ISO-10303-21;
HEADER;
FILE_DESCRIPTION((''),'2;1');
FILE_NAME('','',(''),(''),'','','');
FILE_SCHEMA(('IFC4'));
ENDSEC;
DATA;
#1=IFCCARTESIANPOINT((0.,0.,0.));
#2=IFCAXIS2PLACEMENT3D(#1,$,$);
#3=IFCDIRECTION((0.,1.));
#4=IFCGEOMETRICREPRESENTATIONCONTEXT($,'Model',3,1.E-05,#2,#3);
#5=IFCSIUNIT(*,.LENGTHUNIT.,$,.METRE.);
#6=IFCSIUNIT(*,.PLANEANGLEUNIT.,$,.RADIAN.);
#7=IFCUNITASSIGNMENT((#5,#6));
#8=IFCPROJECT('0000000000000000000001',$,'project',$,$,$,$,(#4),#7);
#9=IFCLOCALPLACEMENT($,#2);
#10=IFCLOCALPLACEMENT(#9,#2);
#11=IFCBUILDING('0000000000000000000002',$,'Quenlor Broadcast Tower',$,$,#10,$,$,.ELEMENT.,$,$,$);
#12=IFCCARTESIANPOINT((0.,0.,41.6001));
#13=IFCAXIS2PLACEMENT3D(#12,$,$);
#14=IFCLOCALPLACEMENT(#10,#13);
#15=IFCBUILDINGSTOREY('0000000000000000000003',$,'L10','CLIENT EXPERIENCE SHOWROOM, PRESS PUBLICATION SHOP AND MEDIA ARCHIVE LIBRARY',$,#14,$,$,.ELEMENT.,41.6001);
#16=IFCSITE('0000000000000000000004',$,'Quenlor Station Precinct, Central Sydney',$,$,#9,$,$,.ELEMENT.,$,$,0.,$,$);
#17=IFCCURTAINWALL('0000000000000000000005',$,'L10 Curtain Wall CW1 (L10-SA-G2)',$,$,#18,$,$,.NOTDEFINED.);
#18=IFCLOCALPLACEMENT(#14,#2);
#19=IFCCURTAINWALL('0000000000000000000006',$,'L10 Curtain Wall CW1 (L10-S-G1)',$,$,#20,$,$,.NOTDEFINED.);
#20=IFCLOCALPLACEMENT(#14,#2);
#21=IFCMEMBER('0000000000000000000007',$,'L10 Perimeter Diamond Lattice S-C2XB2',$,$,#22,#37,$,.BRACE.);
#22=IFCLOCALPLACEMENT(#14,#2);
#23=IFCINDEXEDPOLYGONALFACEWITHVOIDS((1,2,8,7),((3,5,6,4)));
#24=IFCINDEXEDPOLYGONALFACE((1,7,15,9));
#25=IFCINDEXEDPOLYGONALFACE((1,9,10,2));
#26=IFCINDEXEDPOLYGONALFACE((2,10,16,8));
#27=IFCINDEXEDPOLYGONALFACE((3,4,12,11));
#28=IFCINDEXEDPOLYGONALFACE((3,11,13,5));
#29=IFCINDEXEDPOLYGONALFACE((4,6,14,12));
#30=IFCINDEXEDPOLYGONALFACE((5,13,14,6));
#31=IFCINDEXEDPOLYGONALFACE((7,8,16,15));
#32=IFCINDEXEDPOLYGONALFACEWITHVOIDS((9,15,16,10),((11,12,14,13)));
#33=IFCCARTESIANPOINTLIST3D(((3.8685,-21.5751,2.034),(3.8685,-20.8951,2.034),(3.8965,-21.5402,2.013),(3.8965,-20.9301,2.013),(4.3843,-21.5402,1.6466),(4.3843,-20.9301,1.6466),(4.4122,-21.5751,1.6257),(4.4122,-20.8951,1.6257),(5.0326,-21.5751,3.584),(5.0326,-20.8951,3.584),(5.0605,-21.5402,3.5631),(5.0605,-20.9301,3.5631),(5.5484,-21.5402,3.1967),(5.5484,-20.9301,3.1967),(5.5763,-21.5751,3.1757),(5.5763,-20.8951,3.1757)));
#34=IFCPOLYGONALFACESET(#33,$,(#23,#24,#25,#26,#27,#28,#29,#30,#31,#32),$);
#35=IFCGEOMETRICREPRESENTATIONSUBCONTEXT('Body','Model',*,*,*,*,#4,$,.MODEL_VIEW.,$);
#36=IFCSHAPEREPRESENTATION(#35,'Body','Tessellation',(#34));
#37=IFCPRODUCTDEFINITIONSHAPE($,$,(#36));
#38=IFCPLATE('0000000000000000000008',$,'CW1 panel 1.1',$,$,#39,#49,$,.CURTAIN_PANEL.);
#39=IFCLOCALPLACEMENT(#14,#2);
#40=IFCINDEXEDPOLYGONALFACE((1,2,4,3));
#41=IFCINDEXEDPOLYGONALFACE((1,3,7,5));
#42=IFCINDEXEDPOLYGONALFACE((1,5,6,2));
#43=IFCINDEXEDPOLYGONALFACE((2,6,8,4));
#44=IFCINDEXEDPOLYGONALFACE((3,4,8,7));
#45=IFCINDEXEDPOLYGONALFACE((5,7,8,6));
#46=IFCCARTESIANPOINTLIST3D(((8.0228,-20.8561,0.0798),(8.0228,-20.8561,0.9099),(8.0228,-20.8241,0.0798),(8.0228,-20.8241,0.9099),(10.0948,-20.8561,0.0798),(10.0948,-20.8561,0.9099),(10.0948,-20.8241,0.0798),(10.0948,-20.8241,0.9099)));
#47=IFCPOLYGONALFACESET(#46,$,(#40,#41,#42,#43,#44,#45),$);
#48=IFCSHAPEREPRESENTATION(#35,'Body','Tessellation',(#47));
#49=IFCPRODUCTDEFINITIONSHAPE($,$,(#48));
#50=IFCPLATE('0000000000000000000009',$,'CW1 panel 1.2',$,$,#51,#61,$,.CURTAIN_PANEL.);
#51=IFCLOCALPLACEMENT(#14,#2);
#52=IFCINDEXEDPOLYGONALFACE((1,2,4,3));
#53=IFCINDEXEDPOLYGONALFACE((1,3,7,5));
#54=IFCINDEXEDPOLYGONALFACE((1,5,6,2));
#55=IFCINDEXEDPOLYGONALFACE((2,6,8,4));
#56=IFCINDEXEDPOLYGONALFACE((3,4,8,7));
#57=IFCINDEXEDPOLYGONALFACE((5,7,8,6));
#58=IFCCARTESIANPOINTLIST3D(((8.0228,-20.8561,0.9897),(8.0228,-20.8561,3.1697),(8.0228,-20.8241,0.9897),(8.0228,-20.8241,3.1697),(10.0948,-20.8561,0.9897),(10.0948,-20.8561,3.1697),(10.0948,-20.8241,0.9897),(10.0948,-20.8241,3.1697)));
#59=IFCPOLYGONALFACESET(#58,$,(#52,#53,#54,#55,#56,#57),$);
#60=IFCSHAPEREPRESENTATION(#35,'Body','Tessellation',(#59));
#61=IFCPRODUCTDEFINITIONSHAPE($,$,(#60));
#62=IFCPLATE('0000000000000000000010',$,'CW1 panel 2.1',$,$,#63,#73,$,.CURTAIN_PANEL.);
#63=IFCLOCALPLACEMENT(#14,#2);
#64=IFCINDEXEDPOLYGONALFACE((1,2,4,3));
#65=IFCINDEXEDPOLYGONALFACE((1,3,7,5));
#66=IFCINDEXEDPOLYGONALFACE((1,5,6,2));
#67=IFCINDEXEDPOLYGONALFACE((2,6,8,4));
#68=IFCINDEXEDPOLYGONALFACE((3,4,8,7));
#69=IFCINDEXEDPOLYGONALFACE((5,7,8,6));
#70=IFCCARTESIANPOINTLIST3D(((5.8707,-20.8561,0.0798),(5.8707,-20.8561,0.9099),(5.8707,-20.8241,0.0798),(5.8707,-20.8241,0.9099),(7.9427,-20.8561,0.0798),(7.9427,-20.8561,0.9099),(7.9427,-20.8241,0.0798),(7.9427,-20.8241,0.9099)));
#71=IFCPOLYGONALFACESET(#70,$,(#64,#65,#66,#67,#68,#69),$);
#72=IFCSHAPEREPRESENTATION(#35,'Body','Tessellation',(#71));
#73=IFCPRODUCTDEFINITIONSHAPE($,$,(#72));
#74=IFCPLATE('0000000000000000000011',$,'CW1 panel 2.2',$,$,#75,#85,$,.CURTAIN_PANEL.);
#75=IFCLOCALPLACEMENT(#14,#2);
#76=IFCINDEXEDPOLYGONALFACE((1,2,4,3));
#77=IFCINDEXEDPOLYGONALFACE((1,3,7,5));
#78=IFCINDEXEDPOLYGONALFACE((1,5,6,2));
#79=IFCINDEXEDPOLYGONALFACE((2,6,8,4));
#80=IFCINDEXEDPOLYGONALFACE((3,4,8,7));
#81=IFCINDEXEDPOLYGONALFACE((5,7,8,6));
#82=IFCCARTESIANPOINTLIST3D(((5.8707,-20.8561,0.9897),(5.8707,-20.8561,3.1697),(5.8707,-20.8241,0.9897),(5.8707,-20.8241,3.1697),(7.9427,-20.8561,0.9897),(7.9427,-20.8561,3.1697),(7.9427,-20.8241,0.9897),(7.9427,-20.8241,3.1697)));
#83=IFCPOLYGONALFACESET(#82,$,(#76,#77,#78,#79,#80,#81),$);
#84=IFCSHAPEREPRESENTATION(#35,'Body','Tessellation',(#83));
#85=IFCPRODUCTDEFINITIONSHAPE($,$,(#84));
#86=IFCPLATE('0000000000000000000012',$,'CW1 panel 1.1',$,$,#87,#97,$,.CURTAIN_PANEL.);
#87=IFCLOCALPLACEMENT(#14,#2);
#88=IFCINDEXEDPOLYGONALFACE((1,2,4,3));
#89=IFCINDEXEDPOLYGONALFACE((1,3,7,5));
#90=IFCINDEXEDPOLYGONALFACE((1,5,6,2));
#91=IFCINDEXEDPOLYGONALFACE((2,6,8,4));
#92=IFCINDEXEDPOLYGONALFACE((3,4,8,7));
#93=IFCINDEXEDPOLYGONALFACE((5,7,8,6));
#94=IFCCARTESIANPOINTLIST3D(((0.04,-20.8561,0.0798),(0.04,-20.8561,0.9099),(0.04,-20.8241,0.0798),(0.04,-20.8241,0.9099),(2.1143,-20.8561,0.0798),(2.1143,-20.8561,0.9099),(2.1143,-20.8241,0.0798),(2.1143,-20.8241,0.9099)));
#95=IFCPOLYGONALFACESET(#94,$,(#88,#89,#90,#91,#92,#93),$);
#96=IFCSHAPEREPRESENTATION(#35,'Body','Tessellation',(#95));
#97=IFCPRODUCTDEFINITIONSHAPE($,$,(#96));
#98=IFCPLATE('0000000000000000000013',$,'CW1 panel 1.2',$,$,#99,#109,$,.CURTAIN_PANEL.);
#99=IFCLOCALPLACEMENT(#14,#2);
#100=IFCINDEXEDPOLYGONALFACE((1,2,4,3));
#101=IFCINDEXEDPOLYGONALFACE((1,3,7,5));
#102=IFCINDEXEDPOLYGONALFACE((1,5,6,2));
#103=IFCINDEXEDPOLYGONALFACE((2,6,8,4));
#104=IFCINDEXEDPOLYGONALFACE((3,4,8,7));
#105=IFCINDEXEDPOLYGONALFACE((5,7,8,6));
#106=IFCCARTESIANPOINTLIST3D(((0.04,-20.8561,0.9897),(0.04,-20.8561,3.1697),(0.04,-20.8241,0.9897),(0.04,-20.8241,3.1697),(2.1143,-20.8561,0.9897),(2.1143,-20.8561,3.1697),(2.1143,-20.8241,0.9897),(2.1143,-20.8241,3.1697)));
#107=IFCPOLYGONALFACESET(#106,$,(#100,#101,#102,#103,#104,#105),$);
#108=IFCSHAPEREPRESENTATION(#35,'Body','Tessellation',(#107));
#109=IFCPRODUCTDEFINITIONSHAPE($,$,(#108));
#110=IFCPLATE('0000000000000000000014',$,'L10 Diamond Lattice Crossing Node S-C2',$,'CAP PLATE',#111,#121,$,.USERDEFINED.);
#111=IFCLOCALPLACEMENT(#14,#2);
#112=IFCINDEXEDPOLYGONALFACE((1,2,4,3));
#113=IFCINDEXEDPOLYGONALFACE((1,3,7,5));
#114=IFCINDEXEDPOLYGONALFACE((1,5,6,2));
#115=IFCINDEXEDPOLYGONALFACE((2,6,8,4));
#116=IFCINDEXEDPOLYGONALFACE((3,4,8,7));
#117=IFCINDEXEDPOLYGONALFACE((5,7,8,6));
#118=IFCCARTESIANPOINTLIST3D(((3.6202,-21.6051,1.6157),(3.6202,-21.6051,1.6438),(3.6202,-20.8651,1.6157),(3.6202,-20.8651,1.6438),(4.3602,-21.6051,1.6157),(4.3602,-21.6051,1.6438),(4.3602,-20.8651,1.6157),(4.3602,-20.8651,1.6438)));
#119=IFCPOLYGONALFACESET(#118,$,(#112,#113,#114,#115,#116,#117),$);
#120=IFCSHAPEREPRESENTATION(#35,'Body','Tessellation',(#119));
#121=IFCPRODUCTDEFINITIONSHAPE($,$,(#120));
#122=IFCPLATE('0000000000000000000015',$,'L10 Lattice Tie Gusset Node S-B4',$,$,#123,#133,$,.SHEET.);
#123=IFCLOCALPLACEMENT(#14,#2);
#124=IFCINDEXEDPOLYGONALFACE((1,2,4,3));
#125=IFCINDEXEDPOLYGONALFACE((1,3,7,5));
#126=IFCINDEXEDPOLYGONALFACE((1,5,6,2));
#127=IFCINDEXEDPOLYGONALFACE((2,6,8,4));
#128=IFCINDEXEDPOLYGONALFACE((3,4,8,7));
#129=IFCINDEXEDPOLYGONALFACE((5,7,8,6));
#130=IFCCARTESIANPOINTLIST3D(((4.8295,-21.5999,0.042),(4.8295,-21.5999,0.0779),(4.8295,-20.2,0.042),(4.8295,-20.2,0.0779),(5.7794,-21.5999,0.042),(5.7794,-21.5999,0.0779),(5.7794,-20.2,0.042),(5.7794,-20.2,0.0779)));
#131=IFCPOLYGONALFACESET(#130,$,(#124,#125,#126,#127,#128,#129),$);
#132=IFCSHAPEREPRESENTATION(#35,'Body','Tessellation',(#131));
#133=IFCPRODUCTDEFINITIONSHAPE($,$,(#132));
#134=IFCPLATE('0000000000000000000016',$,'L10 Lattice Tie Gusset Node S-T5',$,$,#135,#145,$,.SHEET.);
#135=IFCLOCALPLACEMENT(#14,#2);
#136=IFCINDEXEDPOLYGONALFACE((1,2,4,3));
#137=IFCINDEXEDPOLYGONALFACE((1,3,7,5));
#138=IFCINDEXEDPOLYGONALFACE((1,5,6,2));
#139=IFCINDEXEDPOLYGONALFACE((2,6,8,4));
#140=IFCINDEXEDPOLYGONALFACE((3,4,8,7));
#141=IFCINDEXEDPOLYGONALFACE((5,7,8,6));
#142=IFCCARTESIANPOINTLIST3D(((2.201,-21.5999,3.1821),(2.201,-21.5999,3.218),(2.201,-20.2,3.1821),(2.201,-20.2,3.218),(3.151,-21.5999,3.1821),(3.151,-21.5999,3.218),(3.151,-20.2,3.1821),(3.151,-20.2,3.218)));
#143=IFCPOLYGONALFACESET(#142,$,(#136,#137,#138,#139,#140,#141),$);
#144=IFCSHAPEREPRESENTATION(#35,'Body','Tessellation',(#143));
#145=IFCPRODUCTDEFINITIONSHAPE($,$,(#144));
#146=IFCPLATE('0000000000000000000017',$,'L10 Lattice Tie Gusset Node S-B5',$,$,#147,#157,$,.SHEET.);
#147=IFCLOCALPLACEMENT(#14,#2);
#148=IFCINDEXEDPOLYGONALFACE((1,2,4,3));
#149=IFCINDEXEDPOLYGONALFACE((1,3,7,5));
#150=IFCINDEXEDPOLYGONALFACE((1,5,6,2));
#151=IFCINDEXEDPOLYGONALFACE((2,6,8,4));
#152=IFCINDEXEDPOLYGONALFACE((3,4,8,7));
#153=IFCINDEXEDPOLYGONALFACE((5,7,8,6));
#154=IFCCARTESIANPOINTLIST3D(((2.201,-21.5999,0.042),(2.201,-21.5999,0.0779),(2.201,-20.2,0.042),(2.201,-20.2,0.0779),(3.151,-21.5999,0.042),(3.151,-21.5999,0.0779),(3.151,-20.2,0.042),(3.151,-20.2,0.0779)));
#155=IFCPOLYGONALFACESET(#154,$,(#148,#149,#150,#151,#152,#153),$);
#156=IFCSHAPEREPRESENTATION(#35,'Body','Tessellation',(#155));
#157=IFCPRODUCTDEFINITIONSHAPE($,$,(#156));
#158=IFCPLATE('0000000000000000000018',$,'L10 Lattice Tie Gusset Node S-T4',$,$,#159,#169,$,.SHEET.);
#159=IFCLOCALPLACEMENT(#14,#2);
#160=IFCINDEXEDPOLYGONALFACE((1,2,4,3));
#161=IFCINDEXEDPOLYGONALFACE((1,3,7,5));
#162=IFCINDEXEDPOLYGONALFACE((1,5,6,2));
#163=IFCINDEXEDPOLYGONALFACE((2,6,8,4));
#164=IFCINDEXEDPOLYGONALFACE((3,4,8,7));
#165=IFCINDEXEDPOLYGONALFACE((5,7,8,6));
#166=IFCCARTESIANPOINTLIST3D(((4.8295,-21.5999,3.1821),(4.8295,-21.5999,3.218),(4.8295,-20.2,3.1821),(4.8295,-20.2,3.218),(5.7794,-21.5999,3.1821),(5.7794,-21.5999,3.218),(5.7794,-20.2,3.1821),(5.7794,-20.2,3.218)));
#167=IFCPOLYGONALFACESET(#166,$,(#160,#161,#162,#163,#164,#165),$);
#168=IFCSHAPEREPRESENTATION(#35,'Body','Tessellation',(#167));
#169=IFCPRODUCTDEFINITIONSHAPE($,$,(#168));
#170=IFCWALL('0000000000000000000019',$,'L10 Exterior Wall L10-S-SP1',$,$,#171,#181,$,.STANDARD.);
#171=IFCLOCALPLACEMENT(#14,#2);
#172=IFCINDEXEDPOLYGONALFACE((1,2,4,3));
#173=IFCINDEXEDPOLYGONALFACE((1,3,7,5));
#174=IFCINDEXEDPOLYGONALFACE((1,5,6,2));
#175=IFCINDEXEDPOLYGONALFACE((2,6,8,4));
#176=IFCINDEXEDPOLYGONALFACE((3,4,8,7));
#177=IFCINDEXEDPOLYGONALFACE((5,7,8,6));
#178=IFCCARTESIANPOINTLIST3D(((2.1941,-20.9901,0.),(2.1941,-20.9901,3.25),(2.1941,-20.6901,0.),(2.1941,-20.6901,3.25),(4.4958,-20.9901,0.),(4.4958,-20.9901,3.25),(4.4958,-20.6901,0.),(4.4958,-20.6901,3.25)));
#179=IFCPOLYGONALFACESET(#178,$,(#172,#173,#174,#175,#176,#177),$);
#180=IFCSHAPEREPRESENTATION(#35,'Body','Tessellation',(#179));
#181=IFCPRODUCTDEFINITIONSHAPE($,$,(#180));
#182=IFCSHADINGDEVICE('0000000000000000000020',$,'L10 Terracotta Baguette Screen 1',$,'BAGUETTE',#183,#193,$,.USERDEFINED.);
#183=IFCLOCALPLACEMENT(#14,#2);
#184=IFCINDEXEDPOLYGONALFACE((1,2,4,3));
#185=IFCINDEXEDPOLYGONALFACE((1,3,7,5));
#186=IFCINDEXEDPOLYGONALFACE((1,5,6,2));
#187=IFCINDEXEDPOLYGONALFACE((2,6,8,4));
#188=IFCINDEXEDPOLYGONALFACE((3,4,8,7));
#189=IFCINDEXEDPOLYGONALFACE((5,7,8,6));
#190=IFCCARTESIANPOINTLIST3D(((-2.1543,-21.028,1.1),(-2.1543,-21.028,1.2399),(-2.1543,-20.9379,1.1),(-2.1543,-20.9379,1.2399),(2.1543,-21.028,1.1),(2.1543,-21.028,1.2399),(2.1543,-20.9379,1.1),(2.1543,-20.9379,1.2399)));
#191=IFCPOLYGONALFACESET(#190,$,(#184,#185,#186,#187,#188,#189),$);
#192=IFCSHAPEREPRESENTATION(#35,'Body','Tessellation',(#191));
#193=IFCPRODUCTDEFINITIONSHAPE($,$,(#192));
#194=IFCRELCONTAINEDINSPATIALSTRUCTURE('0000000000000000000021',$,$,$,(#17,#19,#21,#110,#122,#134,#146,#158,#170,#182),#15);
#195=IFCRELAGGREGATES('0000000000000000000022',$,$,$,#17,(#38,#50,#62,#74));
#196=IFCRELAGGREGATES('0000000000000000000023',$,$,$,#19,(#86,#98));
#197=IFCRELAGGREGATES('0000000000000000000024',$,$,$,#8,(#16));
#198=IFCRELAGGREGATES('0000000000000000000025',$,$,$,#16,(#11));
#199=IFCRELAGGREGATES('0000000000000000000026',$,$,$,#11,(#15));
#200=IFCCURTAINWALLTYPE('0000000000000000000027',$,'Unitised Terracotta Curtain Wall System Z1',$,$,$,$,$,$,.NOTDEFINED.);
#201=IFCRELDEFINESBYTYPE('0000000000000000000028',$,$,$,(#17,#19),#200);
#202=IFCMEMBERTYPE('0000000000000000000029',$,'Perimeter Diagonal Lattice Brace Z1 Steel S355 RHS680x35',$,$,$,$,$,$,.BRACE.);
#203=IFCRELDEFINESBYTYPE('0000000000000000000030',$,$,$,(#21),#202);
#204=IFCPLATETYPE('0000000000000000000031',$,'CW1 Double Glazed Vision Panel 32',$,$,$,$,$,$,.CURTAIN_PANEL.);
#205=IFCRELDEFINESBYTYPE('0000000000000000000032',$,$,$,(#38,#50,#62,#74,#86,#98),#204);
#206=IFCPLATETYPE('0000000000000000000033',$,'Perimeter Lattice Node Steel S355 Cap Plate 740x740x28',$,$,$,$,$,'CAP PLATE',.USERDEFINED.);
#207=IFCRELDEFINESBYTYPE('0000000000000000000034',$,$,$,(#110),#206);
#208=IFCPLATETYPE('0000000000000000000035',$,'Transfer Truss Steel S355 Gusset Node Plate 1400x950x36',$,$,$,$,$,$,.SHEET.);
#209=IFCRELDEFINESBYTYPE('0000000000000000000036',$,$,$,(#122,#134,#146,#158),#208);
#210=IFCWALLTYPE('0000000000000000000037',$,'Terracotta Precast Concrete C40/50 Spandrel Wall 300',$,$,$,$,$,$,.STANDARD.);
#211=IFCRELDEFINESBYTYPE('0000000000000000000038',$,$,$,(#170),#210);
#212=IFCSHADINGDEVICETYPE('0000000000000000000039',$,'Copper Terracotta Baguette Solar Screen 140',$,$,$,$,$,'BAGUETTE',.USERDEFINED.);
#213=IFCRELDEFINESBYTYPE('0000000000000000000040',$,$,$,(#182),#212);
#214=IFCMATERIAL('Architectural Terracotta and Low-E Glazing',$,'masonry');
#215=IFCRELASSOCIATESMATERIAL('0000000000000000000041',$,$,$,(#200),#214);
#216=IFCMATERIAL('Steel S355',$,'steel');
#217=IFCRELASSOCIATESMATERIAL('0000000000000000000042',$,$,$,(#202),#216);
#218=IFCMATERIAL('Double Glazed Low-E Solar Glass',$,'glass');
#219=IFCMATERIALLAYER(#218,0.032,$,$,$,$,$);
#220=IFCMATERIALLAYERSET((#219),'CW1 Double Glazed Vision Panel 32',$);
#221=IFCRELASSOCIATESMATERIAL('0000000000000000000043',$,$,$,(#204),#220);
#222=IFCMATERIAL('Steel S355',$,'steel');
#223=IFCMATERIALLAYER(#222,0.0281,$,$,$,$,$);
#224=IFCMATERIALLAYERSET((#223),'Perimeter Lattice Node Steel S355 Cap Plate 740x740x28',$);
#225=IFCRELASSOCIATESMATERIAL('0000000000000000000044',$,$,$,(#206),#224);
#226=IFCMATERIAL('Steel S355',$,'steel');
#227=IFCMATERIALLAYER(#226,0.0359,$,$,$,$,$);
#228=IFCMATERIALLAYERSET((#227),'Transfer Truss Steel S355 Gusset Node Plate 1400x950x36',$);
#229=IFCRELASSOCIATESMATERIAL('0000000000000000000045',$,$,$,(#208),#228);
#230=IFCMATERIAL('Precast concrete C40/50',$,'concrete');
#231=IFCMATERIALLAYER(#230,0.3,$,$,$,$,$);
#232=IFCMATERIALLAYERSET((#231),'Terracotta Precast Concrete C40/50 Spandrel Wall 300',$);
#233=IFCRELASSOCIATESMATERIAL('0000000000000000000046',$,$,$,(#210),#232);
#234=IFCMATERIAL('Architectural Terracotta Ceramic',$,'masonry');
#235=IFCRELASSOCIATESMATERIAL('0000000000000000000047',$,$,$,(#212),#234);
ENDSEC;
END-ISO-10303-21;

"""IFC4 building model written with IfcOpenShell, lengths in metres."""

from ifc_helpers import new_model, si_unit, direction, frame, frame_2d, origin, origin_2d, place, context, subcontext, project, spatial, rectangle, hollow_rectangle, extrude, material, layer, layer_set, material_profile, profile_set, type_object, element, aggregate, save


model = new_model("IFC4")

# Units and contexts
model_context = context("Model", 3, precision=1e-05, world=origin(), true_north=direction((0.0, 1.0)))
body_context = subcontext(model_context, "Body", "Model", "MODEL_VIEW")
ifc_project = project(units=[si_unit("LENGTHUNIT", "METRE"), si_unit("PLANEANGLEUNIT", "RADIAN")], contexts=[model_context])

# Site, building, storey
site_placement = place(None, origin())
site = spatial("IfcSite", under=ifc_project, at=site_placement, Name="Quenlor Station Precinct, Central Sydney", CompositionType="ELEMENT", RefElevation=0.0)
building_placement = place(site_placement, origin())
building = spatial("IfcBuilding", under=site, at=building_placement, Name="Quenlor Broadcast Tower", CompositionType="ELEMENT")
storey_placement = place(building_placement, frame((0.0, 0.0, 41.6001)))
storey = spatial("IfcBuildingStorey", under=building, at=storey_placement, Name="L10", Description="CLIENT EXPERIENCE SHOWROOM, PRESS PUBLICATION SHOP AND MEDIA ARCHIVE LIBRARY", CompositionType="ELEMENT", Elevation=41.6001)

# Curtain wall
ifc_material_1 = material(Name="Architectural Terracotta and Low-E Glazing", Category="masonry")
curtain_wall_type = type_object("IfcCurtainWallType", Name="Unitised Terracotta Curtain Wall System Z1", PredefinedType="NOTDEFINED", material=ifc_material_1)
curtain_wall_1_placement = place(storey_placement, origin())
curtain_wall_1 = element("IfcCurtainWall", 1, at=curtain_wall_1_placement, inside=storey, type_object=curtain_wall_type, Name="L10 Curtain Wall CW1 (L10-SA-G2)", PredefinedType="NOTDEFINED")

# Curtain wall
curtain_wall_2_placement = place(storey_placement, origin())
curtain_wall_2 = element("IfcCurtainWall", 2, at=curtain_wall_2_placement, inside=storey, type_object=curtain_wall_type, Name="L10 Curtain Wall CW1 (L10-S-G1)", PredefinedType="NOTDEFINED")

# Member
ifc_material_2 = material(Name="Steel S355", Category="steel")
ifc_material_profile_1 = material_profile(ifc_material_2, hollow_rectangle(XDim=0.6799, YDim=0.6799, WallThickness=0.0349, at=origin_2d()))
ifc_profile_set_1 = profile_set([ifc_material_profile_1], Name="Steel S355 RHS680x680x35")
member_type_1 = type_object("IfcMemberType", Name="Perimeter Diagonal Lattice Brace Z1 Steel S355 RHS680x35", PredefinedType="BRACE", material=ifc_profile_set_1)
for number, where, z_axis, x_axis, name in (
    (3, (4.1404, -21.2351, 1.8298), (0.600504, 0.0, 0.799622), (0.0, 1.0, 0.0), "L10 Perimeter Diamond Lattice S-C2XB2"),
):
    element("IfcMember", number, at=place(storey_placement, frame(where, z_axis=z_axis, x_axis=x_axis)), inside=storey, type_object=member_type_1, Name=name, PredefinedType="BRACE", context=body_context, shape_type="SweptSolid", body=[
        extrude(hollow_rectangle(XDim=0.6799, YDim=0.6799, WallThickness=0.0349, at=origin_2d()), origin(), (0.0, 0.0, 1.0), 1.9385),
    ])

# Plates
ifc_material_3 = material(Name="Double Glazed Low-E Solar Glass", Category="glass")
ifc_layer_1 = layer(ifc_material_3, 0.032)
ifc_layer_set_1 = layer_set([ifc_layer_1], Name="CW1 Double Glazed Vision Panel 32")
plate_type_1 = type_object("IfcPlateType", Name="CW1 Double Glazed Vision Panel 32", PredefinedType="CURTAIN_PANEL", material=ifc_layer_set_1)
plate_1_placement = place(storey_placement, frame((9.0588, -20.8401, 0.0798), z_axis=(0.0, 0.0, 1.0), x_axis=(-1.0, 0.0, 0.0)))
plate_1 = element("IfcPlate", 4, at=plate_1_placement, type_object=plate_type_1, Name="CW1 panel 1.1", PredefinedType="CURTAIN_PANEL", context=body_context, shape_type="SweptSolid", body=[
    extrude(rectangle(XDim=2.072, YDim=0.032, at=origin_2d()), origin(), (0.0, 0.0, 1.0), 0.8301),
])
plate_2_placement = place(storey_placement, frame((9.0588, -20.8401, 0.9897), z_axis=(0.0, 0.0, 1.0), x_axis=(-1.0, 0.0, 0.0)))
plate_2 = element("IfcPlate", 5, at=plate_2_placement, type_object=plate_type_1, Name="CW1 panel 1.2", PredefinedType="CURTAIN_PANEL", context=body_context, shape_type="SweptSolid", body=[
    extrude(rectangle(XDim=2.072, YDim=0.032, at=origin_2d()), origin(), (0.0, 0.0, 1.0), 2.1799),
])
plate_3_placement = place(storey_placement, frame((6.9067, -20.8401, 0.0798), z_axis=(0.0, 0.0, 1.0), x_axis=(-1.0, 0.0, 0.0)))
plate_3 = element("IfcPlate", 6, at=plate_3_placement, type_object=plate_type_1, Name="CW1 panel 2.1", PredefinedType="CURTAIN_PANEL", context=body_context, shape_type="SweptSolid", body=[
    extrude(rectangle(XDim=2.072, YDim=0.032, at=origin_2d()), origin(), (0.0, 0.0, 1.0), 0.8301),
])
plate_4_placement = place(storey_placement, frame((6.9067, -20.8401, 0.9897), z_axis=(0.0, 0.0, 1.0), x_axis=(-1.0, 0.0, 0.0)))
plate_4 = element("IfcPlate", 7, at=plate_4_placement, type_object=plate_type_1, Name="CW1 panel 2.2", PredefinedType="CURTAIN_PANEL", context=body_context, shape_type="SweptSolid", body=[
    extrude(rectangle(XDim=2.072, YDim=0.032, at=origin_2d()), origin(), (0.0, 0.0, 1.0), 2.1799),
])
aggregate(curtain_wall_1, [plate_1, plate_2, plate_3, plate_4])
plate_5_placement = place(storey_placement, frame((1.0771, -20.8401, 0.0798), z_axis=(0.0, 0.0, 1.0), x_axis=(-1.0, 0.0, 0.0)))
plate_5 = element("IfcPlate", 8, at=plate_5_placement, type_object=plate_type_1, Name="CW1 panel 1.1", PredefinedType="CURTAIN_PANEL", context=body_context, shape_type="SweptSolid", body=[
    extrude(rectangle(XDim=2.0742, YDim=0.032, at=origin_2d()), origin(), (0.0, 0.0, 1.0), 0.8301),
])
plate_6_placement = place(storey_placement, frame((1.0771, -20.8401, 0.9897), z_axis=(0.0, 0.0, 1.0), x_axis=(-1.0, 0.0, 0.0)))
plate_6 = element("IfcPlate", 9, at=plate_6_placement, type_object=plate_type_1, Name="CW1 panel 1.2", PredefinedType="CURTAIN_PANEL", context=body_context, shape_type="SweptSolid", body=[
    extrude(rectangle(XDim=2.0742, YDim=0.032, at=origin_2d()), origin(), (0.0, 0.0, 1.0), 2.1799),
])
aggregate(curtain_wall_2, [plate_5, plate_6])

# Plates
ifc_material_4 = material(Name="Steel S355", Category="steel")
ifc_layer_2 = layer(ifc_material_4, 0.0281)
ifc_layer_set_2 = layer_set([ifc_layer_2], Name="Perimeter Lattice Node Steel S355 Cap Plate 740x740x28")
plate_type_2 = type_object("IfcPlateType", Name="Perimeter Lattice Node Steel S355 Cap Plate 740x740x28", ElementType="CAP PLATE", PredefinedType="USERDEFINED", material=ifc_layer_set_2)
plate_7_placement = place(storey_placement, frame((3.9902, -21.2351, 1.6157), z_axis=(0.0, 0.0, 1.0), x_axis=(-1.0, 0.0, 0.0)))
element("IfcPlate", 10, at=plate_7_placement, inside=storey, type_object=plate_type_2, Name="L10 Diamond Lattice Crossing Node S-C2", ObjectType="CAP PLATE", PredefinedType="USERDEFINED", context=body_context, shape_type="SweptSolid", body=[
    extrude(rectangle(XDim=0.74, YDim=0.74, at=origin_2d()), origin(), (0.0, 0.0, 1.0), 0.0281),
])
ifc_material_5 = material(Name="Steel S355", Category="steel")
ifc_layer_3 = layer(ifc_material_5, 0.0359)
ifc_layer_set_3 = layer_set([ifc_layer_3], Name="Transfer Truss Steel S355 Gusset Node Plate 1400x950x36")
plate_type_3 = type_object("IfcPlateType", Name="Transfer Truss Steel S355 Gusset Node Plate 1400x950x36", PredefinedType="SHEET", material=ifc_layer_set_3)
for number, where, z_axis, x_axis, name in (
    (11, (5.3044, -20.8999, 0.042), (0.0, 0.0, 1.0), (0.0, -1.0, 0.0), "L10 Lattice Tie Gusset Node S-B4"),
    (12, (2.676, -20.8999, 3.1821), (0.0, 0.0, 1.0), (0.0, -1.0, 0.0), "L10 Lattice Tie Gusset Node S-T5"),
    (13, (2.676, -20.8999, 0.042), (0.0, 0.0, 1.0), (0.0, -1.0, 0.0), "L10 Lattice Tie Gusset Node S-B5"),
    (14, (5.3044, -20.8999, 3.1821), (0.0, 0.0, 1.0), (0.0, -1.0, 0.0), "L10 Lattice Tie Gusset Node S-T4"),
):
    element("IfcPlate", number, at=place(storey_placement, frame(where, z_axis=z_axis, x_axis=x_axis)), inside=storey, type_object=plate_type_3, Name=name, PredefinedType="SHEET", context=body_context, shape_type="SweptSolid", body=[
        extrude(rectangle(XDim=1.3999, YDim=0.95, at=origin_2d()), origin(), (0.0, 0.0, 1.0), 0.0359),
    ])

# Wall
ifc_material_6 = material(Name="Precast concrete C40/50", Category="concrete")
ifc_layer_4 = layer(ifc_material_6, 0.3)
ifc_layer_set_4 = layer_set([ifc_layer_4], Name="Terracotta Precast Concrete C40/50 Spandrel Wall 300")
wall_type = type_object("IfcWallType", Name="Terracotta Precast Concrete C40/50 Spandrel Wall 300", PredefinedType="STANDARD", material=ifc_layer_set_4)
wall_placement = place(storey_placement, frame((4.4958, -20.8401, 0.0), z_axis=(0.0, 0.0, 1.0), x_axis=(-1.0, 0.0, 0.0)))
element("IfcWall", 15, at=wall_placement, inside=storey, type_object=wall_type, Name="L10 Exterior Wall L10-S-SP1", PredefinedType="STANDARD", context=body_context, shape_type="SweptSolid", body=[
    extrude(rectangle(XDim=2.3018, YDim=0.3, at=frame_2d((1.1509, 0.0))), origin(), (0.0, 0.0, 1.0), 3.25),
])

# Shading device
ifc_material_7 = material(Name="Architectural Terracotta Ceramic", Category="masonry")
ifc_material_profile_2 = material_profile(ifc_material_7, rectangle(XDim=0.0901, YDim=0.1399, at=origin_2d()))
ifc_profile_set_2 = profile_set([ifc_material_profile_2], Name="Architectural Terracotta Ceramic BAG90x140")
shading_device_type = type_object("IfcShadingDeviceType", Name="Copper Terracotta Baguette Solar Screen 140", ElementType="BAGUETTE", PredefinedType="USERDEFINED", material=ifc_profile_set_2)
for number, where, z_axis, x_axis, name in (
    (16, (2.1543, -20.9829, 1.1699), (-1.0, 0.0, 0.0), (0.0, -1.0, 0.0), "L10 Terracotta Baguette Screen 1"),
):
    element("IfcShadingDevice", number, at=place(storey_placement, frame(where, z_axis=z_axis, x_axis=x_axis)), inside=storey, type_object=shading_device_type, Name=name, ObjectType="BAGUETTE", PredefinedType="USERDEFINED", context=body_context, shape_type="SweptSolid", body=[
        extrude(rectangle(XDim=0.0901, YDim=0.1399, at=origin_2d()), origin(), (0.0, 0.0, 1.0), 4.3086),
    ])

save(model, "model.ifc")
